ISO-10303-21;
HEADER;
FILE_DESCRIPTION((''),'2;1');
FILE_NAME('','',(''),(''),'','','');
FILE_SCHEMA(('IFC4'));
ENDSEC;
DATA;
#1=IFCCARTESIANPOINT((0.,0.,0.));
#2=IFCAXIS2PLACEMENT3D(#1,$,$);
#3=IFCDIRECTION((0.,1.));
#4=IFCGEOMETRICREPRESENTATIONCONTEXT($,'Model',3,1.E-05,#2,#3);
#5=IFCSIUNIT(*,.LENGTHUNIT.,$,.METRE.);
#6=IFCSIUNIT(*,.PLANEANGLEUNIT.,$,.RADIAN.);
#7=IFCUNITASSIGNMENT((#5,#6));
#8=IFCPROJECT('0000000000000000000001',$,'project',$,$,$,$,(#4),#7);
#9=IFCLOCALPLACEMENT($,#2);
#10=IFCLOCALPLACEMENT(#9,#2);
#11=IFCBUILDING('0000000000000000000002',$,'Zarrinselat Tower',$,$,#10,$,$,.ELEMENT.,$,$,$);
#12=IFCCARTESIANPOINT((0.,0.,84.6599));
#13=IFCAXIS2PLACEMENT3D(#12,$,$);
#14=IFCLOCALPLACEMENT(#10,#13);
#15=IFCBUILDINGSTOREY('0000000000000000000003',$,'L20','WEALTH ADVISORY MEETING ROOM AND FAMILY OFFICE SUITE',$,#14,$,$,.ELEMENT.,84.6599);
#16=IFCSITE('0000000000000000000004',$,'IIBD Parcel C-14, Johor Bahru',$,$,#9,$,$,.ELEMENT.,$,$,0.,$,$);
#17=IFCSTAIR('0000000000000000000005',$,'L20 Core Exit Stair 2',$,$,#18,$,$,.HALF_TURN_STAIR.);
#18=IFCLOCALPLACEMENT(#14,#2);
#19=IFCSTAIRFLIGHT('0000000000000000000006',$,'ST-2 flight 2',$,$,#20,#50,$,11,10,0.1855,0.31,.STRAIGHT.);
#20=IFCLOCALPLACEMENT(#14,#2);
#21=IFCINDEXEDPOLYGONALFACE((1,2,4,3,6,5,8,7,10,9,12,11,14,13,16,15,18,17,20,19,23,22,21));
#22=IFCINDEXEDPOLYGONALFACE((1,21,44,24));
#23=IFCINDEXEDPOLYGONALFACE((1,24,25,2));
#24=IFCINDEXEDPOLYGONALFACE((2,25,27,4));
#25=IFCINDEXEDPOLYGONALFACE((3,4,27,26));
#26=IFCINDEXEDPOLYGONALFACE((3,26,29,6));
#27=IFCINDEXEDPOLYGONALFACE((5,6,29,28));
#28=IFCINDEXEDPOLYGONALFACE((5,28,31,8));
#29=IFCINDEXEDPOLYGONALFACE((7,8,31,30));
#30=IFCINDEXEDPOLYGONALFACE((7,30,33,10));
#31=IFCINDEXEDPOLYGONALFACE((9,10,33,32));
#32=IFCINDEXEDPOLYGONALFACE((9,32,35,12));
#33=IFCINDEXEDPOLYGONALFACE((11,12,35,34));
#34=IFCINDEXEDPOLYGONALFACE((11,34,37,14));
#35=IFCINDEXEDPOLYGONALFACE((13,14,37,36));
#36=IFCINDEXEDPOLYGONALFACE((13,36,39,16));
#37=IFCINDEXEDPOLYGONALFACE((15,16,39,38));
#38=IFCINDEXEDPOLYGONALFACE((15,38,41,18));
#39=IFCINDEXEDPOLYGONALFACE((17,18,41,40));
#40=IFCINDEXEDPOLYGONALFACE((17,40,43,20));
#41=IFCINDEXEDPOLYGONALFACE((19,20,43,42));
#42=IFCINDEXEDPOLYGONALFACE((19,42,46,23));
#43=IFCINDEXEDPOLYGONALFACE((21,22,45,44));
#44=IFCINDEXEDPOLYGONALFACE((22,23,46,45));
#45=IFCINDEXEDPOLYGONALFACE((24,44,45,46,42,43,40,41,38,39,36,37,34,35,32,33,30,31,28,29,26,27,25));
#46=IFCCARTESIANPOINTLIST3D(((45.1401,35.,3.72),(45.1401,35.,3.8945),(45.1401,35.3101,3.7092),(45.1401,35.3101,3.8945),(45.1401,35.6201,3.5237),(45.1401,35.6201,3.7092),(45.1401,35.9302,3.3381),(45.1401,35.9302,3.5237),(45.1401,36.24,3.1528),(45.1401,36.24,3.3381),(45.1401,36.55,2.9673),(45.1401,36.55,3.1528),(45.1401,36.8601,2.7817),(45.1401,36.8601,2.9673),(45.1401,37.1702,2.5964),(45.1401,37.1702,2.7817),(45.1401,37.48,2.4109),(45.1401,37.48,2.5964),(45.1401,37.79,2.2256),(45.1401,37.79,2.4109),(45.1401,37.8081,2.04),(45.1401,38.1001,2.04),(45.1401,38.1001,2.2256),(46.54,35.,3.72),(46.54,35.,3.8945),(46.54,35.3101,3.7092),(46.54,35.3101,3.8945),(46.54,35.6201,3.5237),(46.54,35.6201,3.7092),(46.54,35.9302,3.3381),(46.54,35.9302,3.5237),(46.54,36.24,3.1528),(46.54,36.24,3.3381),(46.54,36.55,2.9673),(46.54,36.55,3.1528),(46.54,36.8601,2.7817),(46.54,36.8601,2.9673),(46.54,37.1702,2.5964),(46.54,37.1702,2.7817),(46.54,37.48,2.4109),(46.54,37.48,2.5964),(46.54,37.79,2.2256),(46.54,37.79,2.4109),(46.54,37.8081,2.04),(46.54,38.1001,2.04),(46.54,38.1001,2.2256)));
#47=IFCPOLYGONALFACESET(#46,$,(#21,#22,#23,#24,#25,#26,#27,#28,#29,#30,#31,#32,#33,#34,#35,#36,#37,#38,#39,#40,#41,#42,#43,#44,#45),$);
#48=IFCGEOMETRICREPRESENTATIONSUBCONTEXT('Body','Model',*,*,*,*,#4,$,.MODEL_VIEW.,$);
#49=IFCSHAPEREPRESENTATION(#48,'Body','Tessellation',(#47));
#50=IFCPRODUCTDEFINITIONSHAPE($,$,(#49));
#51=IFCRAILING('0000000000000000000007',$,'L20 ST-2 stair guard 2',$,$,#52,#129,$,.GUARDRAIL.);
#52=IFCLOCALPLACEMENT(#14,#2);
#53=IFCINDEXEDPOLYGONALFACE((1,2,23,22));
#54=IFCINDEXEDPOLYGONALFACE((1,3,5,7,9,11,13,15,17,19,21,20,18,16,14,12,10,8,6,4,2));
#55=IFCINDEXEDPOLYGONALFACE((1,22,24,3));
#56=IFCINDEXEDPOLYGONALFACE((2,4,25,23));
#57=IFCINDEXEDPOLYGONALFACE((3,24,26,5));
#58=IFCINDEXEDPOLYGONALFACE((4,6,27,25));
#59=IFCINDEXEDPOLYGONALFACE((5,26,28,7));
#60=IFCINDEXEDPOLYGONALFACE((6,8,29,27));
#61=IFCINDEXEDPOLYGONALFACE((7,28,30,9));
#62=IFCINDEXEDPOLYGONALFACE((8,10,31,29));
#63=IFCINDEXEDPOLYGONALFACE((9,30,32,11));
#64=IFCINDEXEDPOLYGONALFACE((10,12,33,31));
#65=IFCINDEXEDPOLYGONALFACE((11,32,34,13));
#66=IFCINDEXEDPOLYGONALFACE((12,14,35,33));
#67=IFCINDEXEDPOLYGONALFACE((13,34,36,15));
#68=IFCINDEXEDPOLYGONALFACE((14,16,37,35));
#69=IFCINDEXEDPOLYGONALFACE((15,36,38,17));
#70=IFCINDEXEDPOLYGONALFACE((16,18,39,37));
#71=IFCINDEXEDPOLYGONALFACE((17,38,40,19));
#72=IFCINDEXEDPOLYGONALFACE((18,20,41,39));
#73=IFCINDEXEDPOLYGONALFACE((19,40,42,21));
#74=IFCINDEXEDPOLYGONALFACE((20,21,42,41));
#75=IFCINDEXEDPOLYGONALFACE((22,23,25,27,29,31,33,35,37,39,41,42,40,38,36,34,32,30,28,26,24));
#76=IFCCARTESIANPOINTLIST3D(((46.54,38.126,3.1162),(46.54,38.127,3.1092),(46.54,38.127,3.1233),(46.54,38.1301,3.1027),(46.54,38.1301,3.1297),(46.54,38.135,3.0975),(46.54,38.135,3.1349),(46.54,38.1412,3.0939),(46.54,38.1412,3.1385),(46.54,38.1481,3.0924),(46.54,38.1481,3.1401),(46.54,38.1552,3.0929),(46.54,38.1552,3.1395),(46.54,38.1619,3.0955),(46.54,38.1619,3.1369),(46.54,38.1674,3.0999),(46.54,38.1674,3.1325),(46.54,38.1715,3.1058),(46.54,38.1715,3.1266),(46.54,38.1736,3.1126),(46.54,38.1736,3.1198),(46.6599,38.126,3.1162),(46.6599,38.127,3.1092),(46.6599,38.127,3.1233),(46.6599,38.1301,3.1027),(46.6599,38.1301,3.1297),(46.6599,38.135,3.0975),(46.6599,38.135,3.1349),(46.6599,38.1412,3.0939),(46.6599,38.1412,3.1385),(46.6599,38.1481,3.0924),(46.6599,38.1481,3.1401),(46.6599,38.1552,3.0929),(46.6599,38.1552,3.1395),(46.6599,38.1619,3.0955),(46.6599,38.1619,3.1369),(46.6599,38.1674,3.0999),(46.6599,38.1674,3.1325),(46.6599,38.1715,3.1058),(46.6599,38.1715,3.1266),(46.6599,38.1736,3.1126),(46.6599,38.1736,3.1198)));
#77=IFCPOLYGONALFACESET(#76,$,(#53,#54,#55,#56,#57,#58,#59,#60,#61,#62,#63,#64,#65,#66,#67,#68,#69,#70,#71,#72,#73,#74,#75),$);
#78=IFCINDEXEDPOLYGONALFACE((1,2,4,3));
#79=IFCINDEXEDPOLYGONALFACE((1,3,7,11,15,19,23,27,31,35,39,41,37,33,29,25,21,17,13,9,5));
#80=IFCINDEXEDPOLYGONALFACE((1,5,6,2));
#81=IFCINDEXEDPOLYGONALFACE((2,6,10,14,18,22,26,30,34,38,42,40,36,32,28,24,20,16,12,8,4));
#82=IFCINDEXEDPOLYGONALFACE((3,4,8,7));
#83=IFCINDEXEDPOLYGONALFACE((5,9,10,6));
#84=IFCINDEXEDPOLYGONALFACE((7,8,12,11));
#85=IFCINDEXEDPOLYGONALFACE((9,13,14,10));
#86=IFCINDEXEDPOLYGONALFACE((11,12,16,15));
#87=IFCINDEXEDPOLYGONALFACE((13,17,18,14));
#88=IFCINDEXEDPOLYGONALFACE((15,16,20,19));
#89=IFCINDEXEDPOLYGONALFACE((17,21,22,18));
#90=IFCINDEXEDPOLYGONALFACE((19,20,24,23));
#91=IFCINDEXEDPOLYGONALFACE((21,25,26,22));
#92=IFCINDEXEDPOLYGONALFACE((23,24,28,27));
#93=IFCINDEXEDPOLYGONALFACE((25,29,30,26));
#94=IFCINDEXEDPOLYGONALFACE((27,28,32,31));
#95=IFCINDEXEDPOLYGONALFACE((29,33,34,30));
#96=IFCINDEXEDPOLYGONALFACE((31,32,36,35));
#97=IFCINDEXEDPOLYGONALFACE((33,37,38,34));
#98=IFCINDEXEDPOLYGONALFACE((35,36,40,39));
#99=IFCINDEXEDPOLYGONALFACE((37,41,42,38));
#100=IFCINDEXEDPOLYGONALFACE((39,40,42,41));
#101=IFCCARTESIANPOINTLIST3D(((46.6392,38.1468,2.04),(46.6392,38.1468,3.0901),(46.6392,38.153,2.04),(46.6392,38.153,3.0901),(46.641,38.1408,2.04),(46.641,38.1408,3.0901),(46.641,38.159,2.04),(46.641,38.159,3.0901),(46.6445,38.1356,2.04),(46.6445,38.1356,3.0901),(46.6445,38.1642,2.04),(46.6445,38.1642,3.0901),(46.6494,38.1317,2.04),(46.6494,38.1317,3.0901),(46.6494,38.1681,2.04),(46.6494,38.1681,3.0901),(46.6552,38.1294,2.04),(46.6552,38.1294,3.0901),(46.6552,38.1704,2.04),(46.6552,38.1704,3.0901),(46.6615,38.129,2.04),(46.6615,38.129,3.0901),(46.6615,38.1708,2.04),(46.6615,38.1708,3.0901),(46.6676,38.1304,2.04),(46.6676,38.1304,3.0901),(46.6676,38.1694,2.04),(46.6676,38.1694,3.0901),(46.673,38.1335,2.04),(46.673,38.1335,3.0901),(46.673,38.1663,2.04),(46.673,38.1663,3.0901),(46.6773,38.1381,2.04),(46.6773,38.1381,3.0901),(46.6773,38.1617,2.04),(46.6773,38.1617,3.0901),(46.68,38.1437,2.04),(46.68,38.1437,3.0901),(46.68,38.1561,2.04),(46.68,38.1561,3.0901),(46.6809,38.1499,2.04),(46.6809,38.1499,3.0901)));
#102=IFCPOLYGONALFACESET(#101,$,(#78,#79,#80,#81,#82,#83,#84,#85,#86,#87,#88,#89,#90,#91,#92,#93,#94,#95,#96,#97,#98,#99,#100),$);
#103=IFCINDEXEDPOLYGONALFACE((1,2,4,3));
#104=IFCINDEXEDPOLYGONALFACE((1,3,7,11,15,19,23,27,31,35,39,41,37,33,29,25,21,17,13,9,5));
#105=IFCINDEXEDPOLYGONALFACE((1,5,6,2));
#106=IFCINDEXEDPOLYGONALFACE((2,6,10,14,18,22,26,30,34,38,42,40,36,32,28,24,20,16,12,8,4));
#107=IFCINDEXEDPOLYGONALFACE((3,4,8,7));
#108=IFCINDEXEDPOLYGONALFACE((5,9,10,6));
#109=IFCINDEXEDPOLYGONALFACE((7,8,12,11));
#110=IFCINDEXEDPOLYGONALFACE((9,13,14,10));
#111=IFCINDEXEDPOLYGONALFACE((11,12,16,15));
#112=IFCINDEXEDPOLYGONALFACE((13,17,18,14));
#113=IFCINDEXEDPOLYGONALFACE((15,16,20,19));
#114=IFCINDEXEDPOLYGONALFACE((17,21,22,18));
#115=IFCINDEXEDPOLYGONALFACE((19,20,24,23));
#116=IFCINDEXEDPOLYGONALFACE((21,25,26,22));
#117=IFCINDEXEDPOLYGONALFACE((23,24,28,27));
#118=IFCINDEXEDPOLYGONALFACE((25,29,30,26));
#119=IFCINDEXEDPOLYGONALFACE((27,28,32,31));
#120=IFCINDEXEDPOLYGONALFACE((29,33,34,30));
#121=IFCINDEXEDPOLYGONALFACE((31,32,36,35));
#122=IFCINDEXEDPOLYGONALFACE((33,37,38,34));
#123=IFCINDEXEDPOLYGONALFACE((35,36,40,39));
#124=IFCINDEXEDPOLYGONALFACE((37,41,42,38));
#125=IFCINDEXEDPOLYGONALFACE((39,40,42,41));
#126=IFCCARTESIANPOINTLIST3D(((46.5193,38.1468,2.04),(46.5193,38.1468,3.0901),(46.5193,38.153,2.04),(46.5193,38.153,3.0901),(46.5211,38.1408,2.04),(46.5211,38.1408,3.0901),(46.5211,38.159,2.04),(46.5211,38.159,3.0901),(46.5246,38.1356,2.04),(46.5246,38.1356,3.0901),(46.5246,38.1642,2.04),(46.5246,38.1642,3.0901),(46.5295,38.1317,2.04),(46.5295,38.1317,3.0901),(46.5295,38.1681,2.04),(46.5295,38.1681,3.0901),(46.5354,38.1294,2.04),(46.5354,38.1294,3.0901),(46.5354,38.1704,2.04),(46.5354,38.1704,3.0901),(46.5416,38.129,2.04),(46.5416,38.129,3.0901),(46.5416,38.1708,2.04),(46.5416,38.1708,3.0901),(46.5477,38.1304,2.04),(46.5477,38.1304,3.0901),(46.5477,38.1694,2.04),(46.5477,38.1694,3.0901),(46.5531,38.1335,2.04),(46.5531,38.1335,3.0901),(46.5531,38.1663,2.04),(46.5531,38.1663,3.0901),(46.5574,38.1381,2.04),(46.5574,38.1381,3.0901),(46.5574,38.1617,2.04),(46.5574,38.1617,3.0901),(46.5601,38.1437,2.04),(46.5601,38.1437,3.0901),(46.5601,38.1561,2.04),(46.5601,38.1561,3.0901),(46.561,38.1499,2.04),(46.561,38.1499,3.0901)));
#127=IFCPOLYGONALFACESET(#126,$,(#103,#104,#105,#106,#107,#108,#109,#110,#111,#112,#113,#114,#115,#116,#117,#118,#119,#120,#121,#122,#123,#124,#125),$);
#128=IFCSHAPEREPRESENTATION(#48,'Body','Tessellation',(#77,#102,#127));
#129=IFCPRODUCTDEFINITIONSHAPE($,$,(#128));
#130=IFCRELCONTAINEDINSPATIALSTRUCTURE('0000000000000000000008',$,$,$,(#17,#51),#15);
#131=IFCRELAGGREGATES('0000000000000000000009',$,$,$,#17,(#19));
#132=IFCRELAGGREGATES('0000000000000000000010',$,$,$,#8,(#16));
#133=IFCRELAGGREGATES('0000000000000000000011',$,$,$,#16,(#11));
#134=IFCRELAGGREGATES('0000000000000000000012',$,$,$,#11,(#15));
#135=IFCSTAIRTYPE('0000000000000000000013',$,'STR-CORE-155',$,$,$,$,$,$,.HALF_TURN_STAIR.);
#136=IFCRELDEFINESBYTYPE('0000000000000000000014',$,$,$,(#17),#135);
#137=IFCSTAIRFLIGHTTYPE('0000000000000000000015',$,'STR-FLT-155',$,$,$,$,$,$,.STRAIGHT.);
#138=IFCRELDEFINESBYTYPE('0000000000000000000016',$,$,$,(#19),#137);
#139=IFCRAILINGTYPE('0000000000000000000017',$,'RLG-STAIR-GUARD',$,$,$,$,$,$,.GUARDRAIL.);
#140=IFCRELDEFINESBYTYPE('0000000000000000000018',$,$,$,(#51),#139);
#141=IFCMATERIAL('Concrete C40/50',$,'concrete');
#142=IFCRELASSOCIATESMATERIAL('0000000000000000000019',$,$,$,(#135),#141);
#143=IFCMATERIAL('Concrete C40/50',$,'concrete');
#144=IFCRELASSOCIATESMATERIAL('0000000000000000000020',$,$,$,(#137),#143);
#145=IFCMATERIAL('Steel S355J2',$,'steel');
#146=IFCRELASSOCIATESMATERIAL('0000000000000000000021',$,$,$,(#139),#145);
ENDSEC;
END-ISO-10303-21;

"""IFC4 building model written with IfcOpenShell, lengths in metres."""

from ifc_helpers import new_model, si_unit, direction, frame, origin, origin_2d, place, context, subcontext, project, spatial, polyline, circle, outline, extrude, material, type_object, element, aggregate, save


model = new_model("IFC4")

# Units and contexts
model_context = context("Model", 3, precision=1e-05, world=origin(), true_north=direction((0.0, 1.0)))
body_context = subcontext(model_context, "Body", "Model", "MODEL_VIEW")
ifc_project = project(units=[si_unit("LENGTHUNIT", "METRE"), si_unit("PLANEANGLEUNIT", "RADIAN")], contexts=[model_context])

# Site, building, storey
site_placement = place(None, origin())
site = spatial("IfcSite", under=ifc_project, at=site_placement, Name="IIBD Parcel C-14, Johor Bahru", CompositionType="ELEMENT", RefElevation=0.0)
building_placement = place(site_placement, origin())
building = spatial("IfcBuilding", under=site, at=building_placement, Name="Zarrinselat Tower", CompositionType="ELEMENT")
storey_placement = place(building_placement, frame((0.0, 0.0, 84.6599)))
storey = spatial("IfcBuildingStorey", under=building, at=storey_placement, Name="L20", Description="WEALTH ADVISORY MEETING ROOM AND FAMILY OFFICE SUITE", CompositionType="ELEMENT", Elevation=84.6599)

# Stair, stair flight
ifc_material_1 = material(Name="Concrete C40/50", Category="concrete")
stair_type = type_object("IfcStairType", Name="STR-CORE-155", PredefinedType="HALF_TURN_STAIR", material=ifc_material_1)
stair_placement = place(storey_placement, origin())
stair = element("IfcStair", 1, at=stair_placement, inside=storey, type_object=stair_type, Name="L20 Core Exit Stair 2", PredefinedType="HALF_TURN_STAIR")
ifc_material_2 = material(Name="Concrete C40/50", Category="concrete")
stair_flight_type = type_object("IfcStairFlightType", Name="STR-FLT-155", PredefinedType="STRAIGHT", material=ifc_material_2)
stair_flight_placement = place(storey_placement, frame((45.8401, 38.1001, 2.04), z_axis=(0.0, 0.0, 1.0), x_axis=(0.0, -1.0, 0.0)))
stair_flight = element("IfcStairFlight", 2, at=stair_flight_placement, type_object=stair_flight_type, Name="ST-2 flight 2", NumberOfRisers=11, NumberOfTreads=10, PredefinedType="STRAIGHT", RiserHeight=0.1855, TreadLength=0.31, context=body_context, shape_type="SweptSolid", body=[
    extrude(outline(polyline([(0.0, 0.0), (0.0, 0.1855), (0.3101, 0.1855), (0.3101, 0.3708), (0.6201, 0.3708), (0.6201, 0.5564), (0.9299, 0.5564), (0.9299, 0.7417), (1.24, 0.7417), (1.24, 0.9272), (1.55, 0.9272), (1.55, 1.1128), (1.8601, 1.1128), (1.8601, 1.2981), (2.1699, 1.2981), (2.1699, 1.4836), (2.48, 1.4836), (2.48, 1.6692), (2.79, 1.6692), (2.79, 1.8545), (3.1001, 1.8545), (3.1001, 2.04), (3.1001, 1.6799), (0.292, 0.0), (0.0, 0.0)])), frame((0.0, 0.7, 0.0), z_axis=(0.0, -1.0, 0.0), x_axis=(1.0, 0.0, 0.0)), (0.0, 0.0, 1.0), 1.3999),
])
aggregate(stair, [stair_flight])

# Railing
ifc_material_3 = material(Name="Steel S355J2", Category="steel")
railing_type_1 = type_object("IfcRailingType", Name="RLG-STAIR-GUARD", PredefinedType="GUARDRAIL", material=ifc_material_3)
railing_1_placement = place(storey_placement, frame((46.6599, 38.1499, 2.04)))
element("IfcRailing", 3, at=railing_1_placement, inside=storey, type_object=railing_type_1, Name="L20 ST-2 stair guard 2", PredefinedType="GUARDRAIL", context=body_context, shape_type="SweptSolid", body=[
    extrude(circle(Radius=0.0239, at=origin_2d()), frame((0.0, 0.0, 1.0762), z_axis=(-1.0, 0.0, 0.0), x_axis=(0.0, -1.0, 0.0)), (0.0, 0.0, 1.0), 0.1199),
    extrude(circle(Radius=0.021, at=origin_2d()), origin(), (0.0, 0.0, 1.0), 1.05),
    extrude(circle(Radius=0.021, at=origin_2d()), frame((-0.1199, 0.0, 0.0)), (0.0, 0.0, 1.0), 1.05),
])

save(model, "model.ifc")
